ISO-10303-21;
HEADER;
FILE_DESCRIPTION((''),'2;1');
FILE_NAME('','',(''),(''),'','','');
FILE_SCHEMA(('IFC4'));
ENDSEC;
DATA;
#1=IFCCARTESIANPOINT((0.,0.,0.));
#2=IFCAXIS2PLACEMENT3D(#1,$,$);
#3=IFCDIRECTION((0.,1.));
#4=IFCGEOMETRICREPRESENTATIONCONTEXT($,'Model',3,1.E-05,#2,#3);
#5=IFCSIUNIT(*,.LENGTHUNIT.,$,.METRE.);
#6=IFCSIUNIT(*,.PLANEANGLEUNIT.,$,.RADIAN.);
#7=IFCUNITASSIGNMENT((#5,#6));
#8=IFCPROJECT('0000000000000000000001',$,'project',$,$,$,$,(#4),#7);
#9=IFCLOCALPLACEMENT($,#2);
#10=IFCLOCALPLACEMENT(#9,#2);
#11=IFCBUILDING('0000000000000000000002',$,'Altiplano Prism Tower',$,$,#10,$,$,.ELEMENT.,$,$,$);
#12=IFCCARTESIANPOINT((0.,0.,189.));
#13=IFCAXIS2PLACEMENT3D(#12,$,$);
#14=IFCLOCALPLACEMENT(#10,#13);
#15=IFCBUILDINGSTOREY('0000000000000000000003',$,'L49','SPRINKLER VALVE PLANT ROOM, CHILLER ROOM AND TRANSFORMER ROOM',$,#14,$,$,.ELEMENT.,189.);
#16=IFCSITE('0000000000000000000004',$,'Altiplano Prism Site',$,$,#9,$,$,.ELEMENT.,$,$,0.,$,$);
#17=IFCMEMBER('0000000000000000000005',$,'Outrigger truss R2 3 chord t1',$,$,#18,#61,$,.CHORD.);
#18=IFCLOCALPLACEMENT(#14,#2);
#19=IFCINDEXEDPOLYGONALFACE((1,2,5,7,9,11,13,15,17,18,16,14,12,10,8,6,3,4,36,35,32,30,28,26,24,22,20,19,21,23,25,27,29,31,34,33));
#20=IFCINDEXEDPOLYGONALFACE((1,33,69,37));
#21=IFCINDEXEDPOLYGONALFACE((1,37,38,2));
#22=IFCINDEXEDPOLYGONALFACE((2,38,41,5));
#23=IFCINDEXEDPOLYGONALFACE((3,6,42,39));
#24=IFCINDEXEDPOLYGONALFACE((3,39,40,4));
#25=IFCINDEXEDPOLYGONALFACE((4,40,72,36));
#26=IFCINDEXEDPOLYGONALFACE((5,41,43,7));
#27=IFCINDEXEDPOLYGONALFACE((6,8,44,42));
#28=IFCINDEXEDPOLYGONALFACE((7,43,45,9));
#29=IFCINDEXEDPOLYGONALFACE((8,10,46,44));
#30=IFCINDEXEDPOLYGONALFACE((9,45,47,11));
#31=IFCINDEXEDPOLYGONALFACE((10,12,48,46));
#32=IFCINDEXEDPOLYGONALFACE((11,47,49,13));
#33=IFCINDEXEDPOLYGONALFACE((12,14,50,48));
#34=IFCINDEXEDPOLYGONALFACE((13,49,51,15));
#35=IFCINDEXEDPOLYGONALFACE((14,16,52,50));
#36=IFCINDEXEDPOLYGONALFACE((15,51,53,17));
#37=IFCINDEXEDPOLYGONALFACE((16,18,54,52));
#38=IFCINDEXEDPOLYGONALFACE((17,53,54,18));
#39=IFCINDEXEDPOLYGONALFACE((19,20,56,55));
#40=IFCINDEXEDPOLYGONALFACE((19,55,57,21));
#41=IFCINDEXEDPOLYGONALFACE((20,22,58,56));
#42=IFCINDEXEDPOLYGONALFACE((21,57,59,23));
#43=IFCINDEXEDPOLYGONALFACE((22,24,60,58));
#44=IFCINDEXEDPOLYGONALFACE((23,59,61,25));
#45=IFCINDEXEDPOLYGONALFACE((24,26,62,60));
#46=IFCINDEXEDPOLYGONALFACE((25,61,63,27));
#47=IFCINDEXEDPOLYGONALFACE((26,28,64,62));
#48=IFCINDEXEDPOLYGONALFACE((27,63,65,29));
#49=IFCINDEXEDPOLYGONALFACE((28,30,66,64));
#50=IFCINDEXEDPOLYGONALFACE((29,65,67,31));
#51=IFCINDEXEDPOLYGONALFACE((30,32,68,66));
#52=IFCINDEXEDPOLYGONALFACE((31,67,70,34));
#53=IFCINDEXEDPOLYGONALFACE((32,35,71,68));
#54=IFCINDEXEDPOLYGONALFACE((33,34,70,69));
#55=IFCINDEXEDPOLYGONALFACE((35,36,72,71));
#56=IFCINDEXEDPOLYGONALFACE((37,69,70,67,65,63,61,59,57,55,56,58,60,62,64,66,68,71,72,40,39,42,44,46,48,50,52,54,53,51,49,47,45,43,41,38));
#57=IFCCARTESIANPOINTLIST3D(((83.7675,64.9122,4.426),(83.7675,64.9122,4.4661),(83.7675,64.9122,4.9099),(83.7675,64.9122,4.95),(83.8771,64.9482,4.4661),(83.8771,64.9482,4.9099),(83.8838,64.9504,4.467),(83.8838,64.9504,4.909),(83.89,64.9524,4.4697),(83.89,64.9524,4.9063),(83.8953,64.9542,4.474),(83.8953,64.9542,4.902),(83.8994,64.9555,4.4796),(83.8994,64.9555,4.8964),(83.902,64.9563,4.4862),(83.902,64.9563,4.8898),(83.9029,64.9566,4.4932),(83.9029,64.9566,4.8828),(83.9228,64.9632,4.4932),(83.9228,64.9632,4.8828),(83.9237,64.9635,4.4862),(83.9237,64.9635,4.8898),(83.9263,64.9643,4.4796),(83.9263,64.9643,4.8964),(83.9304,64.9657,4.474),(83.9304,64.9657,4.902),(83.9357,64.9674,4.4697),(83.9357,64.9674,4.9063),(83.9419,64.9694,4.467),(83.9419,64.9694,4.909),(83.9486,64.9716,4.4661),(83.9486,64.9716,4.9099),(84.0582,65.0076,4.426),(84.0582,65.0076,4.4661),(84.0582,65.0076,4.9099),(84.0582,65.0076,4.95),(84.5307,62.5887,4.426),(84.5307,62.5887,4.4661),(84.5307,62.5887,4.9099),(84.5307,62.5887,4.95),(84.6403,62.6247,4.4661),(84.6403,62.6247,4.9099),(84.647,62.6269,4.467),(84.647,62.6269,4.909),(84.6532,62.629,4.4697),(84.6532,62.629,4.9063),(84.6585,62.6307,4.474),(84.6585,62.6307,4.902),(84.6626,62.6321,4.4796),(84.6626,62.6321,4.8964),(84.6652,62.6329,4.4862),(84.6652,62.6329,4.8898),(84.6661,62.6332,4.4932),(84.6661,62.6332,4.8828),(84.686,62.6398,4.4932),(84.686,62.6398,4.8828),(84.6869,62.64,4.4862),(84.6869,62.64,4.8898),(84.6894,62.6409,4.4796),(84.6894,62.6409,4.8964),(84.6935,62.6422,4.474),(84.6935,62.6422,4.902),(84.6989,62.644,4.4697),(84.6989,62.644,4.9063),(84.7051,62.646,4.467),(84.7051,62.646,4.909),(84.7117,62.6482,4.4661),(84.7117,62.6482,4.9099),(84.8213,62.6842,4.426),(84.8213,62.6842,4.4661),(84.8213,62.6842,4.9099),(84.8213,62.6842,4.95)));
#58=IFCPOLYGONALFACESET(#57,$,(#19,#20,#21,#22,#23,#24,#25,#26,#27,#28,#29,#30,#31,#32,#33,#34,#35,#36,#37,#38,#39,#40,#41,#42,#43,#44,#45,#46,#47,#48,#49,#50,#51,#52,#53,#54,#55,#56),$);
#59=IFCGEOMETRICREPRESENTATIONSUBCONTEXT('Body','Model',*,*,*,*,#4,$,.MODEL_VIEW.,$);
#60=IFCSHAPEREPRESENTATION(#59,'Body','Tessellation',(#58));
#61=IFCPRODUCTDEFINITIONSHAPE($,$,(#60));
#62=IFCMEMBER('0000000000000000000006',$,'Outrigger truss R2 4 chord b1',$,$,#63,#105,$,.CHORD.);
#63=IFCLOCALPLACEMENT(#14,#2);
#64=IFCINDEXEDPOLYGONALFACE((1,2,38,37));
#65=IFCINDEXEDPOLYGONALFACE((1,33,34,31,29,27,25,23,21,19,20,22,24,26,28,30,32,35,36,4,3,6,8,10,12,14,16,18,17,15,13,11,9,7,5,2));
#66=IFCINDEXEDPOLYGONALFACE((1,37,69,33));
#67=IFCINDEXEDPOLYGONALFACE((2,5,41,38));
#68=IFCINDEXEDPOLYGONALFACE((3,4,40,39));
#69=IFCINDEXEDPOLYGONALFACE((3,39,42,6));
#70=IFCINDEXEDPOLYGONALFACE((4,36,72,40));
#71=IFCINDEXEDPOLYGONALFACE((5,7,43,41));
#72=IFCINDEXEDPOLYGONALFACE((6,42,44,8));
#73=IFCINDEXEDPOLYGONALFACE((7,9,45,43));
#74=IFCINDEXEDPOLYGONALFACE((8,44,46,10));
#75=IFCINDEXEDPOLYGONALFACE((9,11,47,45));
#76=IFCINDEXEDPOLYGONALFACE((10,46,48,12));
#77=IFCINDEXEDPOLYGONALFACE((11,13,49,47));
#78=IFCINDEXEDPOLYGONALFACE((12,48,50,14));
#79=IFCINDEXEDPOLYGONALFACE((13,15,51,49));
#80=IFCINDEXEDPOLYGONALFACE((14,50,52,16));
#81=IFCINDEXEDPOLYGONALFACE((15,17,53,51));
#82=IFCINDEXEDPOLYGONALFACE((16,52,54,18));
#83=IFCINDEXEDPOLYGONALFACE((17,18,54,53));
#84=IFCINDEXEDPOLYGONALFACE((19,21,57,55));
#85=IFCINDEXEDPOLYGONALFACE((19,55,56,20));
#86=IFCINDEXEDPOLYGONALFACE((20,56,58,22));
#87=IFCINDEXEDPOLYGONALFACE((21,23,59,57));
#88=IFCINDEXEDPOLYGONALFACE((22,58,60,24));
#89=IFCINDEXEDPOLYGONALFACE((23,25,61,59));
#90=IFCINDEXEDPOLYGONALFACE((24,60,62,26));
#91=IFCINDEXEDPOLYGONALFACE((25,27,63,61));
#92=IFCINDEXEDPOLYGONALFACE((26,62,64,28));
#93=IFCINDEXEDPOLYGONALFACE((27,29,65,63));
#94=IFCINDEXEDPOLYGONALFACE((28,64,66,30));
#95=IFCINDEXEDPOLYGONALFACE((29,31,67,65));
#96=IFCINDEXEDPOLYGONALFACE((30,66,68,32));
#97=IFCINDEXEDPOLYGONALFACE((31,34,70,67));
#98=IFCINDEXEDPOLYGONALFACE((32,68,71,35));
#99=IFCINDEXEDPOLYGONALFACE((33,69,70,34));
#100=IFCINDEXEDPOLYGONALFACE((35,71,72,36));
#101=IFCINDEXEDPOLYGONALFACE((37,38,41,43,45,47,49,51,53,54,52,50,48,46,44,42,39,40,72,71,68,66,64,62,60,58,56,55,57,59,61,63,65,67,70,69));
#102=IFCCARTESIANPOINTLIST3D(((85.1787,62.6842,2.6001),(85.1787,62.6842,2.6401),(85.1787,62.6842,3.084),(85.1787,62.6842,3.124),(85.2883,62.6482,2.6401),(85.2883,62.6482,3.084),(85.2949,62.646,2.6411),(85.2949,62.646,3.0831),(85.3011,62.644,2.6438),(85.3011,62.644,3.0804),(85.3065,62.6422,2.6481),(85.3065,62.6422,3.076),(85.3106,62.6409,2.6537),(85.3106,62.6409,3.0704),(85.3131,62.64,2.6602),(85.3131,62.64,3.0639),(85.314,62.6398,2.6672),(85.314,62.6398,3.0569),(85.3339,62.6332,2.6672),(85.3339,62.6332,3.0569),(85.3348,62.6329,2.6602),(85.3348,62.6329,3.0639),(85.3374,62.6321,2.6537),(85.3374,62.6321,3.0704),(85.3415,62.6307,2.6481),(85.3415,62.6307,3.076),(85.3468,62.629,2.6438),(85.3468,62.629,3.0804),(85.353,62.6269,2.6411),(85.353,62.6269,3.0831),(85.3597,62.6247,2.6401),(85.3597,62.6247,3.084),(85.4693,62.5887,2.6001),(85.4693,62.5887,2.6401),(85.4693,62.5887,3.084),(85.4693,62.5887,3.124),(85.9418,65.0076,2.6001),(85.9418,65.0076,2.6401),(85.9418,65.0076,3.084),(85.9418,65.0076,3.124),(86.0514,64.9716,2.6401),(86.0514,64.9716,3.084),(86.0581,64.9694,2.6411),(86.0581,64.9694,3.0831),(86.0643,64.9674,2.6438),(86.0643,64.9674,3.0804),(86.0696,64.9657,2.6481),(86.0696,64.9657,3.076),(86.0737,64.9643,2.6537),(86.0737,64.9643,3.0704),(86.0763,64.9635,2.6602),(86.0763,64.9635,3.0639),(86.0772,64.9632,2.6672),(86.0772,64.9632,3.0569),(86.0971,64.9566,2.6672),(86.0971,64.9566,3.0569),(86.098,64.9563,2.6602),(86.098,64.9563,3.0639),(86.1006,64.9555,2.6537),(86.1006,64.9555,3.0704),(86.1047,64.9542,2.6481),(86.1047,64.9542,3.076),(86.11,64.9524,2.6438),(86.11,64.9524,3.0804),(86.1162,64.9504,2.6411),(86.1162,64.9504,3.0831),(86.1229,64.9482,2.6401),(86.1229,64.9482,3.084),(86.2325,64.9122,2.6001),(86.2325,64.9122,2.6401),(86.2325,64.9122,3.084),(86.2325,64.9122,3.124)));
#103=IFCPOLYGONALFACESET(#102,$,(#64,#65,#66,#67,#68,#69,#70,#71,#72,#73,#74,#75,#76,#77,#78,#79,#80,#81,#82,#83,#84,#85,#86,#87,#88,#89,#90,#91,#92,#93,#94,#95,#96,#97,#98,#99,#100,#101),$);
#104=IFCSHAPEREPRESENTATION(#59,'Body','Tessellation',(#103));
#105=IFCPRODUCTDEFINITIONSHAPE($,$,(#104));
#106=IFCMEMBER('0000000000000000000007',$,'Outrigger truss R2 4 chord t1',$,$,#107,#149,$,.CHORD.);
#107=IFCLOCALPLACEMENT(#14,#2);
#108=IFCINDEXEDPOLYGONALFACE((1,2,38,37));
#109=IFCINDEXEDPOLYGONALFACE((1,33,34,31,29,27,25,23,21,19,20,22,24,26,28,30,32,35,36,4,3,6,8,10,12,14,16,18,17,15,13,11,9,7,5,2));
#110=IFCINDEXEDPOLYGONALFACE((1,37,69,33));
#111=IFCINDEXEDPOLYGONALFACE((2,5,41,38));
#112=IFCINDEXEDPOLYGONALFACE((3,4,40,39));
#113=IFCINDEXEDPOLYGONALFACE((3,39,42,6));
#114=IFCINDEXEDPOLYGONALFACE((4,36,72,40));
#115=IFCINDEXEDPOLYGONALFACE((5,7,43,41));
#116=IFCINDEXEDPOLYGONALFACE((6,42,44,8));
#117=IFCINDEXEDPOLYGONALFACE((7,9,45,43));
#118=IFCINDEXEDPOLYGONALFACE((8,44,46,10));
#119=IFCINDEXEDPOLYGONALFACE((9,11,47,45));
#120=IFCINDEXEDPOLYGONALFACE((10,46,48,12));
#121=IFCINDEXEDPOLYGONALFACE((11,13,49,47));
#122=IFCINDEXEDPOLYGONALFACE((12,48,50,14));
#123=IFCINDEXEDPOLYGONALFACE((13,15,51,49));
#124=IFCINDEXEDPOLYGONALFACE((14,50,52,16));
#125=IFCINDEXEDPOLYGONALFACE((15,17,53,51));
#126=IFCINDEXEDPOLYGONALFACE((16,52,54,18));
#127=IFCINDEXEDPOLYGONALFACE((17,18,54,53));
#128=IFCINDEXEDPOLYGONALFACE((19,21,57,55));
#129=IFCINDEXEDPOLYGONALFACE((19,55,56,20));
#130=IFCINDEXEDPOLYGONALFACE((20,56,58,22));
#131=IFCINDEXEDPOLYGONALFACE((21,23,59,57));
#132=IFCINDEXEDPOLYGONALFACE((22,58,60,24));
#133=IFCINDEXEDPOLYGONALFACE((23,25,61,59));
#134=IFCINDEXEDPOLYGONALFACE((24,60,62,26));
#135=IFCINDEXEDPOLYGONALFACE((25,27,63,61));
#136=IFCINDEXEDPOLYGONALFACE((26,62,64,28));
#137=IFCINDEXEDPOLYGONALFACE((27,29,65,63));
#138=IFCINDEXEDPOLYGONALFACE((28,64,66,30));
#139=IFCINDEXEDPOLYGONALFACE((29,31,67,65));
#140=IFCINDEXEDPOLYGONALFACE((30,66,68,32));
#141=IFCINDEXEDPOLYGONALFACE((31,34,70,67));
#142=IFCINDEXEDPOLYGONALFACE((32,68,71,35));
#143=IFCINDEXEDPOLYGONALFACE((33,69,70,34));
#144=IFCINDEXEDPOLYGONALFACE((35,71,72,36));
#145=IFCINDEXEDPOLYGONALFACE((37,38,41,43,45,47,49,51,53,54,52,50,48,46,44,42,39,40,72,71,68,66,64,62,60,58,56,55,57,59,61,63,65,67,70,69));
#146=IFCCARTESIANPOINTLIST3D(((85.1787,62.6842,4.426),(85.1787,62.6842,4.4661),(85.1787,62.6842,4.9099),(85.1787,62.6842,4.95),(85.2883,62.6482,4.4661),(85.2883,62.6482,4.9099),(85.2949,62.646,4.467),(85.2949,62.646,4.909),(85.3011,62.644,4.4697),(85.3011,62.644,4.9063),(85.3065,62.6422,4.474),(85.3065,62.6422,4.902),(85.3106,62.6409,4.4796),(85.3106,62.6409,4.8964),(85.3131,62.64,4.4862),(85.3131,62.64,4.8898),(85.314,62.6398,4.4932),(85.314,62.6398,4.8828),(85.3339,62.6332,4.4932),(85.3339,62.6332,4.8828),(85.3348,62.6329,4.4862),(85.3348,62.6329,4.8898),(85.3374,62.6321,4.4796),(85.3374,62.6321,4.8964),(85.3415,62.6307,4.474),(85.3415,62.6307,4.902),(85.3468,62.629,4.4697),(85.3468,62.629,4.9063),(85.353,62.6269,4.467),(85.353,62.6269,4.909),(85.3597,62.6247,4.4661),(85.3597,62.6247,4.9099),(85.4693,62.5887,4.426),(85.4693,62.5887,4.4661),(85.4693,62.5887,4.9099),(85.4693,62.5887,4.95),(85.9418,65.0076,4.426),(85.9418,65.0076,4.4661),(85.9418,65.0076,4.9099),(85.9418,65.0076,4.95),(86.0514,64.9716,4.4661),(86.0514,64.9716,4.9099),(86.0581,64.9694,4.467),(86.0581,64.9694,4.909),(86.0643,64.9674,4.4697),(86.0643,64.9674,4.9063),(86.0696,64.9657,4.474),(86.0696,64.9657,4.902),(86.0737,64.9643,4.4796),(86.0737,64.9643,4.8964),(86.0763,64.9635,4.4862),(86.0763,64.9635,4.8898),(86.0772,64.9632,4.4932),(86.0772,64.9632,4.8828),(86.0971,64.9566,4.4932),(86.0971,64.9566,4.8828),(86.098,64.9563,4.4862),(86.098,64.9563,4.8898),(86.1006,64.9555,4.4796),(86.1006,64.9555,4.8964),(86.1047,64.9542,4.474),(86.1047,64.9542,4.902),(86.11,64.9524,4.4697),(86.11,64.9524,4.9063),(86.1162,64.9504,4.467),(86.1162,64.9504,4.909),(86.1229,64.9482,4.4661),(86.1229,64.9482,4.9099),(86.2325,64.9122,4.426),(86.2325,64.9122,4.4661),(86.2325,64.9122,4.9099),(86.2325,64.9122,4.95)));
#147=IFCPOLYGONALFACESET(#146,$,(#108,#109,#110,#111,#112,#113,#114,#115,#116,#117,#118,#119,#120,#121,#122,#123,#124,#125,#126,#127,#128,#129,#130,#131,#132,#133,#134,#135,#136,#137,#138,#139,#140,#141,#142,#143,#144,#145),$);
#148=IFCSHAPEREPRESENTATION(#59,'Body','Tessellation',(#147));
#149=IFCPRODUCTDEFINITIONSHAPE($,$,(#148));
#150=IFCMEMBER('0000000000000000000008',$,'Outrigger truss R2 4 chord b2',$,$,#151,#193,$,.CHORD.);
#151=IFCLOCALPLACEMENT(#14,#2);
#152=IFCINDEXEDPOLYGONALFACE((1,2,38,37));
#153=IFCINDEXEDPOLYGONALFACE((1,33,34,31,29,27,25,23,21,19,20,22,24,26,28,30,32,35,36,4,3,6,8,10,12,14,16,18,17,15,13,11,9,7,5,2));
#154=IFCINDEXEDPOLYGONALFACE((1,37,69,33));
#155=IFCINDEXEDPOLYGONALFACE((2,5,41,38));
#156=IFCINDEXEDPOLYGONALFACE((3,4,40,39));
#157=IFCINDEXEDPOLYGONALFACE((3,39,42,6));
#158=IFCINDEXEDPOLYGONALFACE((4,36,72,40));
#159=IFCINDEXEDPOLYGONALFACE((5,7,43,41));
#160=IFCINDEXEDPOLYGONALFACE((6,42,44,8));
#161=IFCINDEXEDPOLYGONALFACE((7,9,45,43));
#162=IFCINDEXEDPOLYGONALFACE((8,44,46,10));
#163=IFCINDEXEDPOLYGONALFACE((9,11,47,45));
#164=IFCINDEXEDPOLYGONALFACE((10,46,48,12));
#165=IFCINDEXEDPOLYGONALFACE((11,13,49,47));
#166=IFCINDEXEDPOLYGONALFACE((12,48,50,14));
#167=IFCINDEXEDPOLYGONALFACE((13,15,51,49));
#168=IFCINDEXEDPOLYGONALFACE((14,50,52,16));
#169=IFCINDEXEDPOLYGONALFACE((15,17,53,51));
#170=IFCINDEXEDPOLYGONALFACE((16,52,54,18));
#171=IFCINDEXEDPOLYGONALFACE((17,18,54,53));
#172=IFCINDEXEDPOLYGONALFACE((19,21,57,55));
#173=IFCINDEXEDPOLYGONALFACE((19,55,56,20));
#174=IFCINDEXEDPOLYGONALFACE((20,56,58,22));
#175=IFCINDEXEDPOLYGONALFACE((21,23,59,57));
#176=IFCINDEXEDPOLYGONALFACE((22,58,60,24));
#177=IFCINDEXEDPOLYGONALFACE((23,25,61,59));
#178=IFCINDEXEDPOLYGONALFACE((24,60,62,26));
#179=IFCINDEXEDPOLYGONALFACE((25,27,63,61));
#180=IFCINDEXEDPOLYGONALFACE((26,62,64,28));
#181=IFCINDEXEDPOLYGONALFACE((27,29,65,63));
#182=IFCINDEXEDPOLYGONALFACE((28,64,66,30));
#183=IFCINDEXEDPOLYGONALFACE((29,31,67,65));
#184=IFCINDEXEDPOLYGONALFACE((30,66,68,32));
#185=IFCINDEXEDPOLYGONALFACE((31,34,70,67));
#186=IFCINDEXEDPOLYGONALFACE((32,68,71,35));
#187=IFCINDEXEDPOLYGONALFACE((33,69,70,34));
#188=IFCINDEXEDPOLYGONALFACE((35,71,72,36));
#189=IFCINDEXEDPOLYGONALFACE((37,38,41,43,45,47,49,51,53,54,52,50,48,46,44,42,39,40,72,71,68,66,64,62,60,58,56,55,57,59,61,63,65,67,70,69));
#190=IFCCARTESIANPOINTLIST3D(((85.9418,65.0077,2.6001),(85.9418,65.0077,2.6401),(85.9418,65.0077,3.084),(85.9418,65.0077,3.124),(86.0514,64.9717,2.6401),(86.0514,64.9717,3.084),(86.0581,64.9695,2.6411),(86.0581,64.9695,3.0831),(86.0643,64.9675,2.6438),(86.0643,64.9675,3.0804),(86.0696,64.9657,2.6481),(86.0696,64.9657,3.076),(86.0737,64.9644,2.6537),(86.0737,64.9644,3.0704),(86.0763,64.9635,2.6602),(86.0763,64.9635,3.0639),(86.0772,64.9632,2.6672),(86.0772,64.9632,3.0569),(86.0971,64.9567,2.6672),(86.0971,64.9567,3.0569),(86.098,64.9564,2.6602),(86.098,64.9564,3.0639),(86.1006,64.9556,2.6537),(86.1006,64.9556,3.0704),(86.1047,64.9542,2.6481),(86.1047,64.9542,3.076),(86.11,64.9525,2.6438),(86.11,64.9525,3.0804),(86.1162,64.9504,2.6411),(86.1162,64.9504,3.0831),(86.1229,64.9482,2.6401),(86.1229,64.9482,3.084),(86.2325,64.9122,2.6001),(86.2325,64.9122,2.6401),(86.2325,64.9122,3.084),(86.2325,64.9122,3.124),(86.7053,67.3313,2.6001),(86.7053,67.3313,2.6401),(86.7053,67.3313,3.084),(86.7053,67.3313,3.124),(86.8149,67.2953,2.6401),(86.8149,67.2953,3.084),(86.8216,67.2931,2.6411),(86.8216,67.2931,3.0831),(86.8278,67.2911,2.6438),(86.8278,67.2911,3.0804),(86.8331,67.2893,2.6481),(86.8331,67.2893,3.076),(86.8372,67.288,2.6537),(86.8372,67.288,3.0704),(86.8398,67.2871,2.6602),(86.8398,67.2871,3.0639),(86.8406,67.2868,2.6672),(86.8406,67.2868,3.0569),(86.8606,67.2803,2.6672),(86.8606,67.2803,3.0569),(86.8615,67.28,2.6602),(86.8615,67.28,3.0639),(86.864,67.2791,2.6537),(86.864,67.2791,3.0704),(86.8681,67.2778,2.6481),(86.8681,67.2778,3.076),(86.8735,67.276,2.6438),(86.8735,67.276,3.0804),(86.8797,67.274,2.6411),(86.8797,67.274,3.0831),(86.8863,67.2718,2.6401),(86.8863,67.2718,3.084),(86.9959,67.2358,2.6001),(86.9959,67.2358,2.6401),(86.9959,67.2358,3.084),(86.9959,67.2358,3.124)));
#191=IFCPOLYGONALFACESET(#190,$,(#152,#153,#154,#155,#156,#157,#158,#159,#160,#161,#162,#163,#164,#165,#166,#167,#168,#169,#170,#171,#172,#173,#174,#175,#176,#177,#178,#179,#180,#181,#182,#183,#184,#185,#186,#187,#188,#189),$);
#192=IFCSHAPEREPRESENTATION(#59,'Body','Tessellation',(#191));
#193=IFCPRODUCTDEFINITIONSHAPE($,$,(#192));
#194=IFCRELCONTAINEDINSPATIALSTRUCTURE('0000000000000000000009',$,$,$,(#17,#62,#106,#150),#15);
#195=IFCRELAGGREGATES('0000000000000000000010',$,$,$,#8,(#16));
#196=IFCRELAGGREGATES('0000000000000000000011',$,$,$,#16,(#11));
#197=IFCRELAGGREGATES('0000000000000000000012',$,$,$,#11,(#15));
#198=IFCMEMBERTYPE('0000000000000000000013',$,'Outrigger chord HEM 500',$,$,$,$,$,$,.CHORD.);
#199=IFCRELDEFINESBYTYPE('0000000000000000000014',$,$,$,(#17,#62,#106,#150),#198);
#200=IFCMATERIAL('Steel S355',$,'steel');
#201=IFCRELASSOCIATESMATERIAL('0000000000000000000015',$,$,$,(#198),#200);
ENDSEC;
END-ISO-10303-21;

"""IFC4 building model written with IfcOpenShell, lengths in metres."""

from ifc_helpers import new_model, si_unit, direction, frame, origin, origin_2d, place, context, subcontext, project, spatial, i_section, extrude, material, material_profile, profile_set, type_object, element, save


model = new_model("IFC4")

# Units and contexts
model_context = context("Model", 3, precision=1e-05, world=origin(), true_north=direction((0.0, 1.0)))
body_context = subcontext(model_context, "Body", "Model", "MODEL_VIEW")
ifc_project = project(units=[si_unit("LENGTHUNIT", "METRE"), si_unit("PLANEANGLEUNIT", "RADIAN")], contexts=[model_context])

# Site, building, storey
site_placement = place(None, origin())
site = spatial("IfcSite", under=ifc_project, at=site_placement, Name="Altiplano Prism Site", CompositionType="ELEMENT", RefElevation=0.0)
building_placement = place(site_placement, origin())
building = spatial("IfcBuilding", under=site, at=building_placement, Name="Altiplano Prism Tower", CompositionType="ELEMENT")
storey_placement = place(building_placement, frame((0.0, 0.0, 189.0)))
storey = spatial("IfcBuildingStorey", under=building, at=storey_placement, Name="L49", Description="SPRINKLER VALVE PLANT ROOM, CHILLER ROOM AND TRANSFORMER ROOM", CompositionType="ELEMENT", Elevation=189.0)

# Shared definitions
ifc_material_1 = material(Name="Steel S355", Category="steel")

# Members
ifc_material_profile_1 = material_profile(ifc_material_1, i_section(OverallWidth=0.3059, OverallDepth=0.5239, WebThickness=0.021, FlangeThickness=0.04, FilletRadius=0.0271, at=origin_2d()), Name="Outrigger chord HEM 500")
ifc_profile_set_1 = profile_set([ifc_material_profile_1], Name="Steel S355")
member_type_1 = type_object("IfcMemberType", Name="Outrigger chord HEM 500", PredefinedType="CHORD", material=ifc_profile_set_1)
for number, where, z_axis, x_axis, name in (
    (1, (84.676, 62.6365, 4.688), (-0.312062, 0.950062, 0.0), (-0.950062, -0.312062, 0.0), "Outrigger truss R2 3 chord t1"),
    (2, (85.324, 62.6365, 2.8621), (0.312062, 0.950062, 0.0), (-0.950062, 0.312062, 0.0), "Outrigger truss R2 4 chord b1"),
    (3, (85.324, 62.6365, 4.688), (0.312062, 0.950062, 0.0), (-0.950062, 0.312062, 0.0), "Outrigger truss R2 4 chord t1"),
):
    element("IfcMember", number, at=place(storey_placement, frame(where, z_axis=z_axis, x_axis=x_axis)), inside=storey, type_object=member_type_1, Name=name, PredefinedType="CHORD", context=body_context, shape_type="SweptSolid", body=[
        extrude(i_section(OverallWidth=0.3059, OverallDepth=0.5239, WebThickness=0.021, FlangeThickness=0.04, FilletRadius=0.0271, at=origin_2d()), origin(), (0.0, 0.0, 1.0), 2.4456),
    ])
for number, where, z_axis, x_axis, name in (
    (4, (86.0872, 64.96, 2.8621), (0.312152, 0.950032, 0.0), (-0.950032, 0.312152, 0.0), "Outrigger truss R2 4 chord b2"),
):
    element("IfcMember", number, at=place(storey_placement, frame(where, z_axis=z_axis, x_axis=x_axis)), inside=storey, type_object=member_type_1, Name=name, PredefinedType="CHORD", context=body_context, shape_type="SweptSolid", body=[
        extrude(i_section(OverallWidth=0.3059, OverallDepth=0.5239, WebThickness=0.021, FlangeThickness=0.04, FilletRadius=0.0271, at=origin_2d()), origin(), (0.0, 0.0, 1.0), 2.4458),
    ])

save(model, "model.ifc")
